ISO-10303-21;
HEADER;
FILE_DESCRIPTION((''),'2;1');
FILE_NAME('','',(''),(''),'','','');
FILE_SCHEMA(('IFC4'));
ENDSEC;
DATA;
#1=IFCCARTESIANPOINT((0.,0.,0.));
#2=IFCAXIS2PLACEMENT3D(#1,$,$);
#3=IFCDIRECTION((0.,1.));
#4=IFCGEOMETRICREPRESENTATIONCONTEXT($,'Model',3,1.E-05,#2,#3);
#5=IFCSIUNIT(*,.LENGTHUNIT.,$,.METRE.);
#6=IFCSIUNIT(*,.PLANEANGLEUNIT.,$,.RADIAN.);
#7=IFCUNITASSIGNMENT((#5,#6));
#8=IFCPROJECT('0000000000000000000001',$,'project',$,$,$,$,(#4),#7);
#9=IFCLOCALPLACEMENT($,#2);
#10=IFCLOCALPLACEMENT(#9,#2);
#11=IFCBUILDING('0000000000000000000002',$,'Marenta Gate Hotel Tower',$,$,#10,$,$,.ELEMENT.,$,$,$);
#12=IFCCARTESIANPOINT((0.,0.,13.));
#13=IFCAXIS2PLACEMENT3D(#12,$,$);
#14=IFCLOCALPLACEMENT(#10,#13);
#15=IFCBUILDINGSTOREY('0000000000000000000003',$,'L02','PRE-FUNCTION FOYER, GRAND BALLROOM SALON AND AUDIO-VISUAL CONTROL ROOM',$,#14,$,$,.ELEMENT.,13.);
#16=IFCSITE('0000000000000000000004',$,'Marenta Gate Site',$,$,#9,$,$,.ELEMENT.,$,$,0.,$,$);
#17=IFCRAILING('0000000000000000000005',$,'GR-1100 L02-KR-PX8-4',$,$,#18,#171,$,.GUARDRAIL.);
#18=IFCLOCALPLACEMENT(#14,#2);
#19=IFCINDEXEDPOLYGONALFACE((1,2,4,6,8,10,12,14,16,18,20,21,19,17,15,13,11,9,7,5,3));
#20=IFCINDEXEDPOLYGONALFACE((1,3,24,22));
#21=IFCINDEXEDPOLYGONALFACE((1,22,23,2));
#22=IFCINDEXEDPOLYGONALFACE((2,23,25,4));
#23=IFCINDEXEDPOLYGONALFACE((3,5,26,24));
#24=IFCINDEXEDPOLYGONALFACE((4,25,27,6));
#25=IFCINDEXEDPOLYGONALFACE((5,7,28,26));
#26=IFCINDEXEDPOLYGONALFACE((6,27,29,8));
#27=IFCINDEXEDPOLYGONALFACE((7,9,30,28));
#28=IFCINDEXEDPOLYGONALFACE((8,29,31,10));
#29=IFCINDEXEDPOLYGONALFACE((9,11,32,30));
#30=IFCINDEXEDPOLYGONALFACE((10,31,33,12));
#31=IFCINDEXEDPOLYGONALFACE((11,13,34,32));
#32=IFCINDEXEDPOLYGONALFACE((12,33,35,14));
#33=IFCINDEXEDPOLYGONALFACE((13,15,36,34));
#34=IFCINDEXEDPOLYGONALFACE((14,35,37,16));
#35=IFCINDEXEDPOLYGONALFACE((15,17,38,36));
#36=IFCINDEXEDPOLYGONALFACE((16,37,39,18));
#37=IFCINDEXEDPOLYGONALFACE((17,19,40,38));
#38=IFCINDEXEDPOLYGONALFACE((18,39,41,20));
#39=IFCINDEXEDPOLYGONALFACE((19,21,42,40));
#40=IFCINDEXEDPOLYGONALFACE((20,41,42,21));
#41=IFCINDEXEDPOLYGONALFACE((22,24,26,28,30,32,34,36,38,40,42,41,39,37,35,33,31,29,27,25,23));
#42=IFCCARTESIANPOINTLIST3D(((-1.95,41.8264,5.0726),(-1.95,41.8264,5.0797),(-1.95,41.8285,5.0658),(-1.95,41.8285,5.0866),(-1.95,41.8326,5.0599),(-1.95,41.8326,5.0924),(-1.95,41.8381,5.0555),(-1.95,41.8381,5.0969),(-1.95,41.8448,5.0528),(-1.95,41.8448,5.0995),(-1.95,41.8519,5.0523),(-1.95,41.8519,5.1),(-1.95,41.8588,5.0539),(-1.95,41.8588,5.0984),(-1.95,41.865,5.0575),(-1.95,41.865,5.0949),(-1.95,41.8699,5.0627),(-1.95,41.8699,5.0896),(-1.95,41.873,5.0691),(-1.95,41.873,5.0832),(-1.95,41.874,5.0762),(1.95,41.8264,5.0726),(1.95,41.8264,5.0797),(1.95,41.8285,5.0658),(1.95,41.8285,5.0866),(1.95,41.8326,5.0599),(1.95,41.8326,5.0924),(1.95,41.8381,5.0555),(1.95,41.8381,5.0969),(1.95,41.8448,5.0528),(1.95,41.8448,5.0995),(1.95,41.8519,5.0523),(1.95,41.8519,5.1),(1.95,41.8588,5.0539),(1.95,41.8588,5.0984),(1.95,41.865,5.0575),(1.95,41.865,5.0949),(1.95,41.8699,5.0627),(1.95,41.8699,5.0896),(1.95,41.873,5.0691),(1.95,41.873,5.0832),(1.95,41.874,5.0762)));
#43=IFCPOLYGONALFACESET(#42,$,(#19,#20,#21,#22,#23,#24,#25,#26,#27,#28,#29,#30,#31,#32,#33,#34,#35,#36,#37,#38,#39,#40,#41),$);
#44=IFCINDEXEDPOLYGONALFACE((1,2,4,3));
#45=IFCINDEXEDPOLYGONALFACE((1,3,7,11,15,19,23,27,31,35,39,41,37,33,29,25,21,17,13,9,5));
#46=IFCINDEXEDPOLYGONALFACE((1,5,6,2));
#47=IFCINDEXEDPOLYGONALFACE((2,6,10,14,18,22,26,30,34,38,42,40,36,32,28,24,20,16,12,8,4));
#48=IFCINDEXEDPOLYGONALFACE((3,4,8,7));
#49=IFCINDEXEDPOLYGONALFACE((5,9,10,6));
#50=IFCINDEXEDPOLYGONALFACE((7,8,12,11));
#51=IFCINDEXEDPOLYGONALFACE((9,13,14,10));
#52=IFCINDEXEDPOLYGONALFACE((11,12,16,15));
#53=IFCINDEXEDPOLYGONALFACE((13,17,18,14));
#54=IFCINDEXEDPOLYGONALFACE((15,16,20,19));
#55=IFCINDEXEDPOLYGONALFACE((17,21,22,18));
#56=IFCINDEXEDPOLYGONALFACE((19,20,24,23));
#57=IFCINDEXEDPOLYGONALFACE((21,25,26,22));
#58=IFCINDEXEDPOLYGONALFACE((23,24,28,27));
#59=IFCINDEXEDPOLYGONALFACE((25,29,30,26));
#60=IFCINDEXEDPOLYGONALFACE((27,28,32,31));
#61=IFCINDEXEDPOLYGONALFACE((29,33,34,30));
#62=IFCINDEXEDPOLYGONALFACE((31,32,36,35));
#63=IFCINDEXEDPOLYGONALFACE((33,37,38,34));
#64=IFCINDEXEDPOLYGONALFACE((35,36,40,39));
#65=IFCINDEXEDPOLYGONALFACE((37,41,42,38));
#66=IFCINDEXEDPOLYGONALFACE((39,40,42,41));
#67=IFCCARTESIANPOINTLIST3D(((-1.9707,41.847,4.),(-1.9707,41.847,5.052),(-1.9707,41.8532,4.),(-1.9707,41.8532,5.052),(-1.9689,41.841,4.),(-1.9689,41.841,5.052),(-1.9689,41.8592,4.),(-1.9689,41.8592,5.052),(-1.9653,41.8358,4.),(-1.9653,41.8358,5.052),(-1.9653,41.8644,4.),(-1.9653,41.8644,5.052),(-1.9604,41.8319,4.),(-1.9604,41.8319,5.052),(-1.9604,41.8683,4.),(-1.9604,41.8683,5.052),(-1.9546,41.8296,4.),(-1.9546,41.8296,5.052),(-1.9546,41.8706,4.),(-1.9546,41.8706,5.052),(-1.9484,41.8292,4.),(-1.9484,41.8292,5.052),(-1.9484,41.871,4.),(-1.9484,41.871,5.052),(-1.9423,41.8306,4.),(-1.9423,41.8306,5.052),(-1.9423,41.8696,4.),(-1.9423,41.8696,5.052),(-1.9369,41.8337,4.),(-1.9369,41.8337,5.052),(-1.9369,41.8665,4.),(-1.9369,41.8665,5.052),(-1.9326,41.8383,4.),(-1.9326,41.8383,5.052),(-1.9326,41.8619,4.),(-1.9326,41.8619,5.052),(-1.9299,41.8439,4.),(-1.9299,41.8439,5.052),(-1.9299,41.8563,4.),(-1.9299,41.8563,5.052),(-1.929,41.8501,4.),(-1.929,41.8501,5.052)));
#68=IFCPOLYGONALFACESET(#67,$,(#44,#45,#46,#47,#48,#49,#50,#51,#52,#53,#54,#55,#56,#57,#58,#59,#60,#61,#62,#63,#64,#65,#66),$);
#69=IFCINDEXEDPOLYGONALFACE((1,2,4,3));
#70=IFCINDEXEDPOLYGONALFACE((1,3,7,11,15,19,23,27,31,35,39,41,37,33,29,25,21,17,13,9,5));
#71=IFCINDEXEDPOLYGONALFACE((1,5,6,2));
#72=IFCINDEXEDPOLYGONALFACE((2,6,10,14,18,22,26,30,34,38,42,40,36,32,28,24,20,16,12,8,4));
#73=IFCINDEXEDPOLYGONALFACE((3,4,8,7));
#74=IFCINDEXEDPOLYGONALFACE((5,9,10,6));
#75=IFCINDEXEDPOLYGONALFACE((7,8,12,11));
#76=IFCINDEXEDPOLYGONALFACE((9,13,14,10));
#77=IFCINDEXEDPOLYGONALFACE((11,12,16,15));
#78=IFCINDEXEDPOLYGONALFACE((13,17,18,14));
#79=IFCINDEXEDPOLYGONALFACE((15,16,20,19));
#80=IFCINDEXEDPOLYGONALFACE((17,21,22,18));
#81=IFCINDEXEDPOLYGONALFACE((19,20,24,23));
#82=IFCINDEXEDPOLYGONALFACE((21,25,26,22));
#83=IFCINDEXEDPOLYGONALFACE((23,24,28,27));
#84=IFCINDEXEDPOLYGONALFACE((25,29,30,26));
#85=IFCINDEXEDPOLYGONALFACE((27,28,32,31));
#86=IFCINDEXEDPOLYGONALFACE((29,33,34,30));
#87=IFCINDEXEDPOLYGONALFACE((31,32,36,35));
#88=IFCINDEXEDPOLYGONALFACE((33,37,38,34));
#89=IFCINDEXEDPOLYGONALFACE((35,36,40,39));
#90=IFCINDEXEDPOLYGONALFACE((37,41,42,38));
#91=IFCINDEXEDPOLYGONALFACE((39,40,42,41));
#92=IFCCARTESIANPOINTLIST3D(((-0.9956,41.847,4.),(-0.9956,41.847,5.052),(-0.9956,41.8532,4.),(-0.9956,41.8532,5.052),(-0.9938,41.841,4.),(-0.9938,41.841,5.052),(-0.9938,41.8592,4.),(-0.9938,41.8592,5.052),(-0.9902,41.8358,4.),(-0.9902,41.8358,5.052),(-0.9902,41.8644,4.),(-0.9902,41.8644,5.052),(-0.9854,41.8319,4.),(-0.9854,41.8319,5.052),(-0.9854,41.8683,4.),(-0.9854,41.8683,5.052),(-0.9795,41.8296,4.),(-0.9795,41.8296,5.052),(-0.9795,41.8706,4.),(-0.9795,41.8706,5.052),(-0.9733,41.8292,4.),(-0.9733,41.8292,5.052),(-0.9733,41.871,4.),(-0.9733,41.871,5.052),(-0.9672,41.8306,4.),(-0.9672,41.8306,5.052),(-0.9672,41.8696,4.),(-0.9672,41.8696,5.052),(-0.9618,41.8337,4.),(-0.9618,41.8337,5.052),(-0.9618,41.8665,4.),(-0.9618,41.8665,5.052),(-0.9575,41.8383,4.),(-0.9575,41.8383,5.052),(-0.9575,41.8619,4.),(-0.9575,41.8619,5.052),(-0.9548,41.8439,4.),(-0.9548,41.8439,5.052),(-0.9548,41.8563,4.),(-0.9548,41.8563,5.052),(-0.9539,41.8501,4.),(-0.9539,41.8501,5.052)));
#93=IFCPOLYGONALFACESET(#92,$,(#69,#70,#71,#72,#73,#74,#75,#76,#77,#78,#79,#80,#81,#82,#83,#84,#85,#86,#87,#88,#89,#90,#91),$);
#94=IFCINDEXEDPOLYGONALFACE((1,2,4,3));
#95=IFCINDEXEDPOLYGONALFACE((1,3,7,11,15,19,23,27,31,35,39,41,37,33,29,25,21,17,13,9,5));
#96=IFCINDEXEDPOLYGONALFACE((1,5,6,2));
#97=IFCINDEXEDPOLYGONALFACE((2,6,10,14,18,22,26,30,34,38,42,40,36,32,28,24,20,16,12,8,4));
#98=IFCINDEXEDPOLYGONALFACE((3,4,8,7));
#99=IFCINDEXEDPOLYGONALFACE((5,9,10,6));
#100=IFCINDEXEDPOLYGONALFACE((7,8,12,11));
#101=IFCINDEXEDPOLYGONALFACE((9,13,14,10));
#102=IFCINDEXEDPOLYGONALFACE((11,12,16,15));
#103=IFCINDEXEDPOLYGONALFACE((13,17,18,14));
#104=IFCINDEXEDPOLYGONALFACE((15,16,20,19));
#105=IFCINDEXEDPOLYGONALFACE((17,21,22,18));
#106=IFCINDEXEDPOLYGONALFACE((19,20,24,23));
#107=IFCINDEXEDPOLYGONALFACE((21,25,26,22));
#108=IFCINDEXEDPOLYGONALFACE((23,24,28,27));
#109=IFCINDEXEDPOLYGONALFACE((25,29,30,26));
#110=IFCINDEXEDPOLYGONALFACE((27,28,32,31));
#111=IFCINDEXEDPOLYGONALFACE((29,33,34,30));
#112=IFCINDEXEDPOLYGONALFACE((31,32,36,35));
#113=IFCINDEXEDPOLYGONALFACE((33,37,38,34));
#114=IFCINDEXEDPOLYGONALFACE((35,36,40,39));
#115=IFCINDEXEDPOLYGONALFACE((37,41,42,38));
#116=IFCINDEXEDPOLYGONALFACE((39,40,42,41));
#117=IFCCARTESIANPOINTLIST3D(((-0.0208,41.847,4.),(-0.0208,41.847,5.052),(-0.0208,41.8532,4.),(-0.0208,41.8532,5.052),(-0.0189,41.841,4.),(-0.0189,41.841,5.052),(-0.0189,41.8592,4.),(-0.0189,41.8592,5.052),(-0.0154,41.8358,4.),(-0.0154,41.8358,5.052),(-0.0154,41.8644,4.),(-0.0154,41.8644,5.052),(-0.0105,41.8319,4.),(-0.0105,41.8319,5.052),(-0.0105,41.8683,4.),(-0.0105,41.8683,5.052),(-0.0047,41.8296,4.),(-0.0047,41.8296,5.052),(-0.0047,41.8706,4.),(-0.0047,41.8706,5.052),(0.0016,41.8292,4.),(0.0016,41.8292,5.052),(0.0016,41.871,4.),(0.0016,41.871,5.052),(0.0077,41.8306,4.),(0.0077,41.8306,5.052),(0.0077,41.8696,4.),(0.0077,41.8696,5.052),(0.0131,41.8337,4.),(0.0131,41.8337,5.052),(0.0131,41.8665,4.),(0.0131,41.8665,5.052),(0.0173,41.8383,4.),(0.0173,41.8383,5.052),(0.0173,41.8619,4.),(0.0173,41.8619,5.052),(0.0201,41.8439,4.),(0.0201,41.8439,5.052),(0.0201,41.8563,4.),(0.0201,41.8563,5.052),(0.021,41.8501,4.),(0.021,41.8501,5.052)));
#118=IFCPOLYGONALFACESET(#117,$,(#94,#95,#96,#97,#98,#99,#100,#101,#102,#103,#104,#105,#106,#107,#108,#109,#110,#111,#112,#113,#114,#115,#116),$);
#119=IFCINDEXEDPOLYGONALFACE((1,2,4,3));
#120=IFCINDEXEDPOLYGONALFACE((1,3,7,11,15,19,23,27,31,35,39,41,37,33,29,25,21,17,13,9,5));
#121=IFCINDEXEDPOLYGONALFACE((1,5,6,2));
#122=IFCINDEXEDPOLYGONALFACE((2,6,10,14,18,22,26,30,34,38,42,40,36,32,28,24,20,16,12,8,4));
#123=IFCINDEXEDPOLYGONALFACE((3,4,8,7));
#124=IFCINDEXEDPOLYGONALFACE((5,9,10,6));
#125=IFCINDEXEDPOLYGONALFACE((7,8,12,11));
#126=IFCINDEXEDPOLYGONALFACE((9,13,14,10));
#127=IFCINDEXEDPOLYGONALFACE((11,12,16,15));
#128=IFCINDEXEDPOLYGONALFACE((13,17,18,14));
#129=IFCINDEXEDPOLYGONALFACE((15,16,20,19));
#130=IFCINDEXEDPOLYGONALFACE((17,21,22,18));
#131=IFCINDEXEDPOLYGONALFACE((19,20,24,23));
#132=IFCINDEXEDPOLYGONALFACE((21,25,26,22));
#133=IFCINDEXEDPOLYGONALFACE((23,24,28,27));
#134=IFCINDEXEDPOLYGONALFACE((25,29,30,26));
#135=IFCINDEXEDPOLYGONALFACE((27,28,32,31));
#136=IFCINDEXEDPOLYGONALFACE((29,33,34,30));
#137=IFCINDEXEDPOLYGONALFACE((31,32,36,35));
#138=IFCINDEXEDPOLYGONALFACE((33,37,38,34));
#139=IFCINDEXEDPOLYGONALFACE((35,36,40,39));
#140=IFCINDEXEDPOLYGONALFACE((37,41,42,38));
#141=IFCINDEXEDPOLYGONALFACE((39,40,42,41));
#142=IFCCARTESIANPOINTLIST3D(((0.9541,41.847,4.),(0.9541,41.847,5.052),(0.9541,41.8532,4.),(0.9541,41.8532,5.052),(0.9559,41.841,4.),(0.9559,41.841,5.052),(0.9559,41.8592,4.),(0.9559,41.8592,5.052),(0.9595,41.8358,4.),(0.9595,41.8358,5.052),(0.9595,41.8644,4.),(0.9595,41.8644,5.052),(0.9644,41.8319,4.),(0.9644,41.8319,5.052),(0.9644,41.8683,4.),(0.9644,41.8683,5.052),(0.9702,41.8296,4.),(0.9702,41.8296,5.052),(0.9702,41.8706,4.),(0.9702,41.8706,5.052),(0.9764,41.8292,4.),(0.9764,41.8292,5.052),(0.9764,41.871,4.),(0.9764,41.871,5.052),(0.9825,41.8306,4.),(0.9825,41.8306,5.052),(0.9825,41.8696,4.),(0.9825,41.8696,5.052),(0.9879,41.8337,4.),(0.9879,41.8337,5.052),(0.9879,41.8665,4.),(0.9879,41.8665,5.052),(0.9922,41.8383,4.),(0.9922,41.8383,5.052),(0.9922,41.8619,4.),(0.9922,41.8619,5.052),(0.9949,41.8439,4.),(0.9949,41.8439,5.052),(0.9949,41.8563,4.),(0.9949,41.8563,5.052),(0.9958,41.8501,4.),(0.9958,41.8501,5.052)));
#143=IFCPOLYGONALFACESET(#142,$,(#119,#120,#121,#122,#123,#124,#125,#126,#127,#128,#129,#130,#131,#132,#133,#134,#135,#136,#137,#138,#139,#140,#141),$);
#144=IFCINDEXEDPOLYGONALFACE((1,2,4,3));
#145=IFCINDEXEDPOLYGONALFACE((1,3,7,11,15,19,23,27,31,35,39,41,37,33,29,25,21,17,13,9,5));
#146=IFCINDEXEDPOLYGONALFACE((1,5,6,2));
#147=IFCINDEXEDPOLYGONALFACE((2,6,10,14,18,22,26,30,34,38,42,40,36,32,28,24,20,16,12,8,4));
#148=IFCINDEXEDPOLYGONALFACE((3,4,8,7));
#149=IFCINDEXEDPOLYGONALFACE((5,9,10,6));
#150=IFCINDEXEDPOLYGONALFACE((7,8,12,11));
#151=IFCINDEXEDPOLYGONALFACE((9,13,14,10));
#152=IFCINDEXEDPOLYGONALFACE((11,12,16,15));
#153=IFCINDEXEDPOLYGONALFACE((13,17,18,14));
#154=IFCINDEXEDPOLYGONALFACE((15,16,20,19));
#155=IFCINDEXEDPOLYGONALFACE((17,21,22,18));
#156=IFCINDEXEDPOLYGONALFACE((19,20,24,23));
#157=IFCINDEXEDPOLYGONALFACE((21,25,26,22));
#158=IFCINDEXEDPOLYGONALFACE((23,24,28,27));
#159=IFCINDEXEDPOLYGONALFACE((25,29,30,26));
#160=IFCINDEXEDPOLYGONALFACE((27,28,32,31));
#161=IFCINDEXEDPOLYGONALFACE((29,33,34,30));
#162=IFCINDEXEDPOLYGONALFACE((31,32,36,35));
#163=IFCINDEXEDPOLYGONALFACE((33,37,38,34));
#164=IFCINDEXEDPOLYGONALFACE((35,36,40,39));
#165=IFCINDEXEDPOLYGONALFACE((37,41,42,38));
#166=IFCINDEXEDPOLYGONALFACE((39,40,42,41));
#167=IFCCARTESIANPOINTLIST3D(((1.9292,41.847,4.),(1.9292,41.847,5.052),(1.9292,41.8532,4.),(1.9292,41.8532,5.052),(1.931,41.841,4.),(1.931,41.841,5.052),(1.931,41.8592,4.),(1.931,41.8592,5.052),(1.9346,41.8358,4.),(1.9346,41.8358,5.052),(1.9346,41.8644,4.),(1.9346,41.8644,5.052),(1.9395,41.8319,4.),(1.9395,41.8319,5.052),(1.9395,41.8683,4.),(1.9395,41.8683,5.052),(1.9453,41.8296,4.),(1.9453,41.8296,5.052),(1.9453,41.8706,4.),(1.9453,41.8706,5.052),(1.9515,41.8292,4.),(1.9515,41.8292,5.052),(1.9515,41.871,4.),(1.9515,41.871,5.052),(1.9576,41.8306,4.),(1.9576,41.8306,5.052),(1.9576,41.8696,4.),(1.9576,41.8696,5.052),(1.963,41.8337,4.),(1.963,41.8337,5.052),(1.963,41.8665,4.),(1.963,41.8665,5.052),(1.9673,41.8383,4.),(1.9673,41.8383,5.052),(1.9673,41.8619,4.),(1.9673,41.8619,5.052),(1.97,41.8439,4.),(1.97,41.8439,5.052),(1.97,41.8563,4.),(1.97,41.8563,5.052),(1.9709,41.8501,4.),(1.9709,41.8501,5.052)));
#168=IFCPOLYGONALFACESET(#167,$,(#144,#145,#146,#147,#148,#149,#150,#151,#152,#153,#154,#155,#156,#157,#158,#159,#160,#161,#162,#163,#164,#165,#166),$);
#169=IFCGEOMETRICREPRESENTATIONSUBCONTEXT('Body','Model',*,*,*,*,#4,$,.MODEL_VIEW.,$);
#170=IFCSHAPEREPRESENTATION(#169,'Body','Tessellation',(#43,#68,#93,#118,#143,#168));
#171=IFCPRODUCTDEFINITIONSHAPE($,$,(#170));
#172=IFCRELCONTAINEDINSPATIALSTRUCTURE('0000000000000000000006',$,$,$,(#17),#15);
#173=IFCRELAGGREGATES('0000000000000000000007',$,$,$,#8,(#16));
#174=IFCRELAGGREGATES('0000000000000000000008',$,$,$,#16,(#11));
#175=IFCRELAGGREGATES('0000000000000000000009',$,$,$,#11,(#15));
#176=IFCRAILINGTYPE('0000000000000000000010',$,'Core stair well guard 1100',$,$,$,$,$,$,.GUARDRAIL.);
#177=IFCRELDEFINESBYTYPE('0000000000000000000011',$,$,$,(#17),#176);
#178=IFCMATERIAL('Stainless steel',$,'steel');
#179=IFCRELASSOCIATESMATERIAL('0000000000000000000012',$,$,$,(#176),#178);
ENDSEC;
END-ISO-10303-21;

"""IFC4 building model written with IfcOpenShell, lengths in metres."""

from ifc_helpers import new_model, si_unit, direction, frame, origin, origin_2d, place, context, subcontext, project, spatial, circle, extrude, material, type_object, element, save


model = new_model("IFC4")

# Units and contexts
model_context = context("Model", 3, precision=1e-05, world=origin(), true_north=direction((0.0, 1.0)))
body_context = subcontext(model_context, "Body", "Model", "MODEL_VIEW")
ifc_project = project(units=[si_unit("LENGTHUNIT", "METRE"), si_unit("PLANEANGLEUNIT", "RADIAN")], contexts=[model_context])

# Site, building, storey
site_placement = place(None, origin())
site = spatial("IfcSite", under=ifc_project, at=site_placement, Name="Marenta Gate Site", CompositionType="ELEMENT", RefElevation=0.0)
building_placement = place(site_placement, origin())
building = spatial("IfcBuilding", under=site, at=building_placement, Name="Marenta Gate Hotel Tower", CompositionType="ELEMENT")
storey_placement = place(building_placement, frame((0.0, 0.0, 13.0)))
storey = spatial("IfcBuildingStorey", under=building, at=storey_placement, Name="L02", Description="PRE-FUNCTION FOYER, GRAND BALLROOM SALON AND AUDIO-VISUAL CONTROL ROOM", CompositionType="ELEMENT", Elevation=13.0)

# Railing
ifc_material_1 = material(Name="Stainless steel", Category="steel")
railing_type_1 = type_object("IfcRailingType", Name="Core stair well guard 1100", PredefinedType="GUARDRAIL", material=ifc_material_1)
for number, where, name in (
    (1, (-1.95, 41.8501, 4.0), "GR-1100 L02-KR-PX8-4"),
):
    element("IfcRailing", number, at=place(storey_placement, frame(where)), inside=storey, type_object=railing_type_1, Name=name, PredefinedType="GUARDRAIL", context=body_context, shape_type="SweptSolid", body=[
        extrude(circle(Radius=0.0239, at=origin_2d()), frame((0.0, 0.0, 1.0762), z_axis=(1.0, 0.0, 0.0), x_axis=(0.0, 1.0, 0.0)), (0.0, 0.0, 1.0), 3.8999),
        extrude(circle(Radius=0.021, at=origin_2d()), origin(), (0.0, 0.0, 1.0), 1.052),
        extrude(circle(Radius=0.021, at=origin_2d()), frame((0.9751, 0.0, 0.0)), (0.0, 0.0, 1.0), 1.052),
        extrude(circle(Radius=0.021, at=origin_2d()), frame((1.95, 0.0, 0.0)), (0.0, 0.0, 1.0), 1.052),
        extrude(circle(Radius=0.021, at=origin_2d()), frame((2.9248, 0.0, 0.0)), (0.0, 0.0, 1.0), 1.052),
        extrude(circle(Radius=0.021, at=origin_2d()), frame((3.8999, 0.0, 0.0)), (0.0, 0.0, 1.0), 1.052),
    ])

save(model, "model.ifc")
